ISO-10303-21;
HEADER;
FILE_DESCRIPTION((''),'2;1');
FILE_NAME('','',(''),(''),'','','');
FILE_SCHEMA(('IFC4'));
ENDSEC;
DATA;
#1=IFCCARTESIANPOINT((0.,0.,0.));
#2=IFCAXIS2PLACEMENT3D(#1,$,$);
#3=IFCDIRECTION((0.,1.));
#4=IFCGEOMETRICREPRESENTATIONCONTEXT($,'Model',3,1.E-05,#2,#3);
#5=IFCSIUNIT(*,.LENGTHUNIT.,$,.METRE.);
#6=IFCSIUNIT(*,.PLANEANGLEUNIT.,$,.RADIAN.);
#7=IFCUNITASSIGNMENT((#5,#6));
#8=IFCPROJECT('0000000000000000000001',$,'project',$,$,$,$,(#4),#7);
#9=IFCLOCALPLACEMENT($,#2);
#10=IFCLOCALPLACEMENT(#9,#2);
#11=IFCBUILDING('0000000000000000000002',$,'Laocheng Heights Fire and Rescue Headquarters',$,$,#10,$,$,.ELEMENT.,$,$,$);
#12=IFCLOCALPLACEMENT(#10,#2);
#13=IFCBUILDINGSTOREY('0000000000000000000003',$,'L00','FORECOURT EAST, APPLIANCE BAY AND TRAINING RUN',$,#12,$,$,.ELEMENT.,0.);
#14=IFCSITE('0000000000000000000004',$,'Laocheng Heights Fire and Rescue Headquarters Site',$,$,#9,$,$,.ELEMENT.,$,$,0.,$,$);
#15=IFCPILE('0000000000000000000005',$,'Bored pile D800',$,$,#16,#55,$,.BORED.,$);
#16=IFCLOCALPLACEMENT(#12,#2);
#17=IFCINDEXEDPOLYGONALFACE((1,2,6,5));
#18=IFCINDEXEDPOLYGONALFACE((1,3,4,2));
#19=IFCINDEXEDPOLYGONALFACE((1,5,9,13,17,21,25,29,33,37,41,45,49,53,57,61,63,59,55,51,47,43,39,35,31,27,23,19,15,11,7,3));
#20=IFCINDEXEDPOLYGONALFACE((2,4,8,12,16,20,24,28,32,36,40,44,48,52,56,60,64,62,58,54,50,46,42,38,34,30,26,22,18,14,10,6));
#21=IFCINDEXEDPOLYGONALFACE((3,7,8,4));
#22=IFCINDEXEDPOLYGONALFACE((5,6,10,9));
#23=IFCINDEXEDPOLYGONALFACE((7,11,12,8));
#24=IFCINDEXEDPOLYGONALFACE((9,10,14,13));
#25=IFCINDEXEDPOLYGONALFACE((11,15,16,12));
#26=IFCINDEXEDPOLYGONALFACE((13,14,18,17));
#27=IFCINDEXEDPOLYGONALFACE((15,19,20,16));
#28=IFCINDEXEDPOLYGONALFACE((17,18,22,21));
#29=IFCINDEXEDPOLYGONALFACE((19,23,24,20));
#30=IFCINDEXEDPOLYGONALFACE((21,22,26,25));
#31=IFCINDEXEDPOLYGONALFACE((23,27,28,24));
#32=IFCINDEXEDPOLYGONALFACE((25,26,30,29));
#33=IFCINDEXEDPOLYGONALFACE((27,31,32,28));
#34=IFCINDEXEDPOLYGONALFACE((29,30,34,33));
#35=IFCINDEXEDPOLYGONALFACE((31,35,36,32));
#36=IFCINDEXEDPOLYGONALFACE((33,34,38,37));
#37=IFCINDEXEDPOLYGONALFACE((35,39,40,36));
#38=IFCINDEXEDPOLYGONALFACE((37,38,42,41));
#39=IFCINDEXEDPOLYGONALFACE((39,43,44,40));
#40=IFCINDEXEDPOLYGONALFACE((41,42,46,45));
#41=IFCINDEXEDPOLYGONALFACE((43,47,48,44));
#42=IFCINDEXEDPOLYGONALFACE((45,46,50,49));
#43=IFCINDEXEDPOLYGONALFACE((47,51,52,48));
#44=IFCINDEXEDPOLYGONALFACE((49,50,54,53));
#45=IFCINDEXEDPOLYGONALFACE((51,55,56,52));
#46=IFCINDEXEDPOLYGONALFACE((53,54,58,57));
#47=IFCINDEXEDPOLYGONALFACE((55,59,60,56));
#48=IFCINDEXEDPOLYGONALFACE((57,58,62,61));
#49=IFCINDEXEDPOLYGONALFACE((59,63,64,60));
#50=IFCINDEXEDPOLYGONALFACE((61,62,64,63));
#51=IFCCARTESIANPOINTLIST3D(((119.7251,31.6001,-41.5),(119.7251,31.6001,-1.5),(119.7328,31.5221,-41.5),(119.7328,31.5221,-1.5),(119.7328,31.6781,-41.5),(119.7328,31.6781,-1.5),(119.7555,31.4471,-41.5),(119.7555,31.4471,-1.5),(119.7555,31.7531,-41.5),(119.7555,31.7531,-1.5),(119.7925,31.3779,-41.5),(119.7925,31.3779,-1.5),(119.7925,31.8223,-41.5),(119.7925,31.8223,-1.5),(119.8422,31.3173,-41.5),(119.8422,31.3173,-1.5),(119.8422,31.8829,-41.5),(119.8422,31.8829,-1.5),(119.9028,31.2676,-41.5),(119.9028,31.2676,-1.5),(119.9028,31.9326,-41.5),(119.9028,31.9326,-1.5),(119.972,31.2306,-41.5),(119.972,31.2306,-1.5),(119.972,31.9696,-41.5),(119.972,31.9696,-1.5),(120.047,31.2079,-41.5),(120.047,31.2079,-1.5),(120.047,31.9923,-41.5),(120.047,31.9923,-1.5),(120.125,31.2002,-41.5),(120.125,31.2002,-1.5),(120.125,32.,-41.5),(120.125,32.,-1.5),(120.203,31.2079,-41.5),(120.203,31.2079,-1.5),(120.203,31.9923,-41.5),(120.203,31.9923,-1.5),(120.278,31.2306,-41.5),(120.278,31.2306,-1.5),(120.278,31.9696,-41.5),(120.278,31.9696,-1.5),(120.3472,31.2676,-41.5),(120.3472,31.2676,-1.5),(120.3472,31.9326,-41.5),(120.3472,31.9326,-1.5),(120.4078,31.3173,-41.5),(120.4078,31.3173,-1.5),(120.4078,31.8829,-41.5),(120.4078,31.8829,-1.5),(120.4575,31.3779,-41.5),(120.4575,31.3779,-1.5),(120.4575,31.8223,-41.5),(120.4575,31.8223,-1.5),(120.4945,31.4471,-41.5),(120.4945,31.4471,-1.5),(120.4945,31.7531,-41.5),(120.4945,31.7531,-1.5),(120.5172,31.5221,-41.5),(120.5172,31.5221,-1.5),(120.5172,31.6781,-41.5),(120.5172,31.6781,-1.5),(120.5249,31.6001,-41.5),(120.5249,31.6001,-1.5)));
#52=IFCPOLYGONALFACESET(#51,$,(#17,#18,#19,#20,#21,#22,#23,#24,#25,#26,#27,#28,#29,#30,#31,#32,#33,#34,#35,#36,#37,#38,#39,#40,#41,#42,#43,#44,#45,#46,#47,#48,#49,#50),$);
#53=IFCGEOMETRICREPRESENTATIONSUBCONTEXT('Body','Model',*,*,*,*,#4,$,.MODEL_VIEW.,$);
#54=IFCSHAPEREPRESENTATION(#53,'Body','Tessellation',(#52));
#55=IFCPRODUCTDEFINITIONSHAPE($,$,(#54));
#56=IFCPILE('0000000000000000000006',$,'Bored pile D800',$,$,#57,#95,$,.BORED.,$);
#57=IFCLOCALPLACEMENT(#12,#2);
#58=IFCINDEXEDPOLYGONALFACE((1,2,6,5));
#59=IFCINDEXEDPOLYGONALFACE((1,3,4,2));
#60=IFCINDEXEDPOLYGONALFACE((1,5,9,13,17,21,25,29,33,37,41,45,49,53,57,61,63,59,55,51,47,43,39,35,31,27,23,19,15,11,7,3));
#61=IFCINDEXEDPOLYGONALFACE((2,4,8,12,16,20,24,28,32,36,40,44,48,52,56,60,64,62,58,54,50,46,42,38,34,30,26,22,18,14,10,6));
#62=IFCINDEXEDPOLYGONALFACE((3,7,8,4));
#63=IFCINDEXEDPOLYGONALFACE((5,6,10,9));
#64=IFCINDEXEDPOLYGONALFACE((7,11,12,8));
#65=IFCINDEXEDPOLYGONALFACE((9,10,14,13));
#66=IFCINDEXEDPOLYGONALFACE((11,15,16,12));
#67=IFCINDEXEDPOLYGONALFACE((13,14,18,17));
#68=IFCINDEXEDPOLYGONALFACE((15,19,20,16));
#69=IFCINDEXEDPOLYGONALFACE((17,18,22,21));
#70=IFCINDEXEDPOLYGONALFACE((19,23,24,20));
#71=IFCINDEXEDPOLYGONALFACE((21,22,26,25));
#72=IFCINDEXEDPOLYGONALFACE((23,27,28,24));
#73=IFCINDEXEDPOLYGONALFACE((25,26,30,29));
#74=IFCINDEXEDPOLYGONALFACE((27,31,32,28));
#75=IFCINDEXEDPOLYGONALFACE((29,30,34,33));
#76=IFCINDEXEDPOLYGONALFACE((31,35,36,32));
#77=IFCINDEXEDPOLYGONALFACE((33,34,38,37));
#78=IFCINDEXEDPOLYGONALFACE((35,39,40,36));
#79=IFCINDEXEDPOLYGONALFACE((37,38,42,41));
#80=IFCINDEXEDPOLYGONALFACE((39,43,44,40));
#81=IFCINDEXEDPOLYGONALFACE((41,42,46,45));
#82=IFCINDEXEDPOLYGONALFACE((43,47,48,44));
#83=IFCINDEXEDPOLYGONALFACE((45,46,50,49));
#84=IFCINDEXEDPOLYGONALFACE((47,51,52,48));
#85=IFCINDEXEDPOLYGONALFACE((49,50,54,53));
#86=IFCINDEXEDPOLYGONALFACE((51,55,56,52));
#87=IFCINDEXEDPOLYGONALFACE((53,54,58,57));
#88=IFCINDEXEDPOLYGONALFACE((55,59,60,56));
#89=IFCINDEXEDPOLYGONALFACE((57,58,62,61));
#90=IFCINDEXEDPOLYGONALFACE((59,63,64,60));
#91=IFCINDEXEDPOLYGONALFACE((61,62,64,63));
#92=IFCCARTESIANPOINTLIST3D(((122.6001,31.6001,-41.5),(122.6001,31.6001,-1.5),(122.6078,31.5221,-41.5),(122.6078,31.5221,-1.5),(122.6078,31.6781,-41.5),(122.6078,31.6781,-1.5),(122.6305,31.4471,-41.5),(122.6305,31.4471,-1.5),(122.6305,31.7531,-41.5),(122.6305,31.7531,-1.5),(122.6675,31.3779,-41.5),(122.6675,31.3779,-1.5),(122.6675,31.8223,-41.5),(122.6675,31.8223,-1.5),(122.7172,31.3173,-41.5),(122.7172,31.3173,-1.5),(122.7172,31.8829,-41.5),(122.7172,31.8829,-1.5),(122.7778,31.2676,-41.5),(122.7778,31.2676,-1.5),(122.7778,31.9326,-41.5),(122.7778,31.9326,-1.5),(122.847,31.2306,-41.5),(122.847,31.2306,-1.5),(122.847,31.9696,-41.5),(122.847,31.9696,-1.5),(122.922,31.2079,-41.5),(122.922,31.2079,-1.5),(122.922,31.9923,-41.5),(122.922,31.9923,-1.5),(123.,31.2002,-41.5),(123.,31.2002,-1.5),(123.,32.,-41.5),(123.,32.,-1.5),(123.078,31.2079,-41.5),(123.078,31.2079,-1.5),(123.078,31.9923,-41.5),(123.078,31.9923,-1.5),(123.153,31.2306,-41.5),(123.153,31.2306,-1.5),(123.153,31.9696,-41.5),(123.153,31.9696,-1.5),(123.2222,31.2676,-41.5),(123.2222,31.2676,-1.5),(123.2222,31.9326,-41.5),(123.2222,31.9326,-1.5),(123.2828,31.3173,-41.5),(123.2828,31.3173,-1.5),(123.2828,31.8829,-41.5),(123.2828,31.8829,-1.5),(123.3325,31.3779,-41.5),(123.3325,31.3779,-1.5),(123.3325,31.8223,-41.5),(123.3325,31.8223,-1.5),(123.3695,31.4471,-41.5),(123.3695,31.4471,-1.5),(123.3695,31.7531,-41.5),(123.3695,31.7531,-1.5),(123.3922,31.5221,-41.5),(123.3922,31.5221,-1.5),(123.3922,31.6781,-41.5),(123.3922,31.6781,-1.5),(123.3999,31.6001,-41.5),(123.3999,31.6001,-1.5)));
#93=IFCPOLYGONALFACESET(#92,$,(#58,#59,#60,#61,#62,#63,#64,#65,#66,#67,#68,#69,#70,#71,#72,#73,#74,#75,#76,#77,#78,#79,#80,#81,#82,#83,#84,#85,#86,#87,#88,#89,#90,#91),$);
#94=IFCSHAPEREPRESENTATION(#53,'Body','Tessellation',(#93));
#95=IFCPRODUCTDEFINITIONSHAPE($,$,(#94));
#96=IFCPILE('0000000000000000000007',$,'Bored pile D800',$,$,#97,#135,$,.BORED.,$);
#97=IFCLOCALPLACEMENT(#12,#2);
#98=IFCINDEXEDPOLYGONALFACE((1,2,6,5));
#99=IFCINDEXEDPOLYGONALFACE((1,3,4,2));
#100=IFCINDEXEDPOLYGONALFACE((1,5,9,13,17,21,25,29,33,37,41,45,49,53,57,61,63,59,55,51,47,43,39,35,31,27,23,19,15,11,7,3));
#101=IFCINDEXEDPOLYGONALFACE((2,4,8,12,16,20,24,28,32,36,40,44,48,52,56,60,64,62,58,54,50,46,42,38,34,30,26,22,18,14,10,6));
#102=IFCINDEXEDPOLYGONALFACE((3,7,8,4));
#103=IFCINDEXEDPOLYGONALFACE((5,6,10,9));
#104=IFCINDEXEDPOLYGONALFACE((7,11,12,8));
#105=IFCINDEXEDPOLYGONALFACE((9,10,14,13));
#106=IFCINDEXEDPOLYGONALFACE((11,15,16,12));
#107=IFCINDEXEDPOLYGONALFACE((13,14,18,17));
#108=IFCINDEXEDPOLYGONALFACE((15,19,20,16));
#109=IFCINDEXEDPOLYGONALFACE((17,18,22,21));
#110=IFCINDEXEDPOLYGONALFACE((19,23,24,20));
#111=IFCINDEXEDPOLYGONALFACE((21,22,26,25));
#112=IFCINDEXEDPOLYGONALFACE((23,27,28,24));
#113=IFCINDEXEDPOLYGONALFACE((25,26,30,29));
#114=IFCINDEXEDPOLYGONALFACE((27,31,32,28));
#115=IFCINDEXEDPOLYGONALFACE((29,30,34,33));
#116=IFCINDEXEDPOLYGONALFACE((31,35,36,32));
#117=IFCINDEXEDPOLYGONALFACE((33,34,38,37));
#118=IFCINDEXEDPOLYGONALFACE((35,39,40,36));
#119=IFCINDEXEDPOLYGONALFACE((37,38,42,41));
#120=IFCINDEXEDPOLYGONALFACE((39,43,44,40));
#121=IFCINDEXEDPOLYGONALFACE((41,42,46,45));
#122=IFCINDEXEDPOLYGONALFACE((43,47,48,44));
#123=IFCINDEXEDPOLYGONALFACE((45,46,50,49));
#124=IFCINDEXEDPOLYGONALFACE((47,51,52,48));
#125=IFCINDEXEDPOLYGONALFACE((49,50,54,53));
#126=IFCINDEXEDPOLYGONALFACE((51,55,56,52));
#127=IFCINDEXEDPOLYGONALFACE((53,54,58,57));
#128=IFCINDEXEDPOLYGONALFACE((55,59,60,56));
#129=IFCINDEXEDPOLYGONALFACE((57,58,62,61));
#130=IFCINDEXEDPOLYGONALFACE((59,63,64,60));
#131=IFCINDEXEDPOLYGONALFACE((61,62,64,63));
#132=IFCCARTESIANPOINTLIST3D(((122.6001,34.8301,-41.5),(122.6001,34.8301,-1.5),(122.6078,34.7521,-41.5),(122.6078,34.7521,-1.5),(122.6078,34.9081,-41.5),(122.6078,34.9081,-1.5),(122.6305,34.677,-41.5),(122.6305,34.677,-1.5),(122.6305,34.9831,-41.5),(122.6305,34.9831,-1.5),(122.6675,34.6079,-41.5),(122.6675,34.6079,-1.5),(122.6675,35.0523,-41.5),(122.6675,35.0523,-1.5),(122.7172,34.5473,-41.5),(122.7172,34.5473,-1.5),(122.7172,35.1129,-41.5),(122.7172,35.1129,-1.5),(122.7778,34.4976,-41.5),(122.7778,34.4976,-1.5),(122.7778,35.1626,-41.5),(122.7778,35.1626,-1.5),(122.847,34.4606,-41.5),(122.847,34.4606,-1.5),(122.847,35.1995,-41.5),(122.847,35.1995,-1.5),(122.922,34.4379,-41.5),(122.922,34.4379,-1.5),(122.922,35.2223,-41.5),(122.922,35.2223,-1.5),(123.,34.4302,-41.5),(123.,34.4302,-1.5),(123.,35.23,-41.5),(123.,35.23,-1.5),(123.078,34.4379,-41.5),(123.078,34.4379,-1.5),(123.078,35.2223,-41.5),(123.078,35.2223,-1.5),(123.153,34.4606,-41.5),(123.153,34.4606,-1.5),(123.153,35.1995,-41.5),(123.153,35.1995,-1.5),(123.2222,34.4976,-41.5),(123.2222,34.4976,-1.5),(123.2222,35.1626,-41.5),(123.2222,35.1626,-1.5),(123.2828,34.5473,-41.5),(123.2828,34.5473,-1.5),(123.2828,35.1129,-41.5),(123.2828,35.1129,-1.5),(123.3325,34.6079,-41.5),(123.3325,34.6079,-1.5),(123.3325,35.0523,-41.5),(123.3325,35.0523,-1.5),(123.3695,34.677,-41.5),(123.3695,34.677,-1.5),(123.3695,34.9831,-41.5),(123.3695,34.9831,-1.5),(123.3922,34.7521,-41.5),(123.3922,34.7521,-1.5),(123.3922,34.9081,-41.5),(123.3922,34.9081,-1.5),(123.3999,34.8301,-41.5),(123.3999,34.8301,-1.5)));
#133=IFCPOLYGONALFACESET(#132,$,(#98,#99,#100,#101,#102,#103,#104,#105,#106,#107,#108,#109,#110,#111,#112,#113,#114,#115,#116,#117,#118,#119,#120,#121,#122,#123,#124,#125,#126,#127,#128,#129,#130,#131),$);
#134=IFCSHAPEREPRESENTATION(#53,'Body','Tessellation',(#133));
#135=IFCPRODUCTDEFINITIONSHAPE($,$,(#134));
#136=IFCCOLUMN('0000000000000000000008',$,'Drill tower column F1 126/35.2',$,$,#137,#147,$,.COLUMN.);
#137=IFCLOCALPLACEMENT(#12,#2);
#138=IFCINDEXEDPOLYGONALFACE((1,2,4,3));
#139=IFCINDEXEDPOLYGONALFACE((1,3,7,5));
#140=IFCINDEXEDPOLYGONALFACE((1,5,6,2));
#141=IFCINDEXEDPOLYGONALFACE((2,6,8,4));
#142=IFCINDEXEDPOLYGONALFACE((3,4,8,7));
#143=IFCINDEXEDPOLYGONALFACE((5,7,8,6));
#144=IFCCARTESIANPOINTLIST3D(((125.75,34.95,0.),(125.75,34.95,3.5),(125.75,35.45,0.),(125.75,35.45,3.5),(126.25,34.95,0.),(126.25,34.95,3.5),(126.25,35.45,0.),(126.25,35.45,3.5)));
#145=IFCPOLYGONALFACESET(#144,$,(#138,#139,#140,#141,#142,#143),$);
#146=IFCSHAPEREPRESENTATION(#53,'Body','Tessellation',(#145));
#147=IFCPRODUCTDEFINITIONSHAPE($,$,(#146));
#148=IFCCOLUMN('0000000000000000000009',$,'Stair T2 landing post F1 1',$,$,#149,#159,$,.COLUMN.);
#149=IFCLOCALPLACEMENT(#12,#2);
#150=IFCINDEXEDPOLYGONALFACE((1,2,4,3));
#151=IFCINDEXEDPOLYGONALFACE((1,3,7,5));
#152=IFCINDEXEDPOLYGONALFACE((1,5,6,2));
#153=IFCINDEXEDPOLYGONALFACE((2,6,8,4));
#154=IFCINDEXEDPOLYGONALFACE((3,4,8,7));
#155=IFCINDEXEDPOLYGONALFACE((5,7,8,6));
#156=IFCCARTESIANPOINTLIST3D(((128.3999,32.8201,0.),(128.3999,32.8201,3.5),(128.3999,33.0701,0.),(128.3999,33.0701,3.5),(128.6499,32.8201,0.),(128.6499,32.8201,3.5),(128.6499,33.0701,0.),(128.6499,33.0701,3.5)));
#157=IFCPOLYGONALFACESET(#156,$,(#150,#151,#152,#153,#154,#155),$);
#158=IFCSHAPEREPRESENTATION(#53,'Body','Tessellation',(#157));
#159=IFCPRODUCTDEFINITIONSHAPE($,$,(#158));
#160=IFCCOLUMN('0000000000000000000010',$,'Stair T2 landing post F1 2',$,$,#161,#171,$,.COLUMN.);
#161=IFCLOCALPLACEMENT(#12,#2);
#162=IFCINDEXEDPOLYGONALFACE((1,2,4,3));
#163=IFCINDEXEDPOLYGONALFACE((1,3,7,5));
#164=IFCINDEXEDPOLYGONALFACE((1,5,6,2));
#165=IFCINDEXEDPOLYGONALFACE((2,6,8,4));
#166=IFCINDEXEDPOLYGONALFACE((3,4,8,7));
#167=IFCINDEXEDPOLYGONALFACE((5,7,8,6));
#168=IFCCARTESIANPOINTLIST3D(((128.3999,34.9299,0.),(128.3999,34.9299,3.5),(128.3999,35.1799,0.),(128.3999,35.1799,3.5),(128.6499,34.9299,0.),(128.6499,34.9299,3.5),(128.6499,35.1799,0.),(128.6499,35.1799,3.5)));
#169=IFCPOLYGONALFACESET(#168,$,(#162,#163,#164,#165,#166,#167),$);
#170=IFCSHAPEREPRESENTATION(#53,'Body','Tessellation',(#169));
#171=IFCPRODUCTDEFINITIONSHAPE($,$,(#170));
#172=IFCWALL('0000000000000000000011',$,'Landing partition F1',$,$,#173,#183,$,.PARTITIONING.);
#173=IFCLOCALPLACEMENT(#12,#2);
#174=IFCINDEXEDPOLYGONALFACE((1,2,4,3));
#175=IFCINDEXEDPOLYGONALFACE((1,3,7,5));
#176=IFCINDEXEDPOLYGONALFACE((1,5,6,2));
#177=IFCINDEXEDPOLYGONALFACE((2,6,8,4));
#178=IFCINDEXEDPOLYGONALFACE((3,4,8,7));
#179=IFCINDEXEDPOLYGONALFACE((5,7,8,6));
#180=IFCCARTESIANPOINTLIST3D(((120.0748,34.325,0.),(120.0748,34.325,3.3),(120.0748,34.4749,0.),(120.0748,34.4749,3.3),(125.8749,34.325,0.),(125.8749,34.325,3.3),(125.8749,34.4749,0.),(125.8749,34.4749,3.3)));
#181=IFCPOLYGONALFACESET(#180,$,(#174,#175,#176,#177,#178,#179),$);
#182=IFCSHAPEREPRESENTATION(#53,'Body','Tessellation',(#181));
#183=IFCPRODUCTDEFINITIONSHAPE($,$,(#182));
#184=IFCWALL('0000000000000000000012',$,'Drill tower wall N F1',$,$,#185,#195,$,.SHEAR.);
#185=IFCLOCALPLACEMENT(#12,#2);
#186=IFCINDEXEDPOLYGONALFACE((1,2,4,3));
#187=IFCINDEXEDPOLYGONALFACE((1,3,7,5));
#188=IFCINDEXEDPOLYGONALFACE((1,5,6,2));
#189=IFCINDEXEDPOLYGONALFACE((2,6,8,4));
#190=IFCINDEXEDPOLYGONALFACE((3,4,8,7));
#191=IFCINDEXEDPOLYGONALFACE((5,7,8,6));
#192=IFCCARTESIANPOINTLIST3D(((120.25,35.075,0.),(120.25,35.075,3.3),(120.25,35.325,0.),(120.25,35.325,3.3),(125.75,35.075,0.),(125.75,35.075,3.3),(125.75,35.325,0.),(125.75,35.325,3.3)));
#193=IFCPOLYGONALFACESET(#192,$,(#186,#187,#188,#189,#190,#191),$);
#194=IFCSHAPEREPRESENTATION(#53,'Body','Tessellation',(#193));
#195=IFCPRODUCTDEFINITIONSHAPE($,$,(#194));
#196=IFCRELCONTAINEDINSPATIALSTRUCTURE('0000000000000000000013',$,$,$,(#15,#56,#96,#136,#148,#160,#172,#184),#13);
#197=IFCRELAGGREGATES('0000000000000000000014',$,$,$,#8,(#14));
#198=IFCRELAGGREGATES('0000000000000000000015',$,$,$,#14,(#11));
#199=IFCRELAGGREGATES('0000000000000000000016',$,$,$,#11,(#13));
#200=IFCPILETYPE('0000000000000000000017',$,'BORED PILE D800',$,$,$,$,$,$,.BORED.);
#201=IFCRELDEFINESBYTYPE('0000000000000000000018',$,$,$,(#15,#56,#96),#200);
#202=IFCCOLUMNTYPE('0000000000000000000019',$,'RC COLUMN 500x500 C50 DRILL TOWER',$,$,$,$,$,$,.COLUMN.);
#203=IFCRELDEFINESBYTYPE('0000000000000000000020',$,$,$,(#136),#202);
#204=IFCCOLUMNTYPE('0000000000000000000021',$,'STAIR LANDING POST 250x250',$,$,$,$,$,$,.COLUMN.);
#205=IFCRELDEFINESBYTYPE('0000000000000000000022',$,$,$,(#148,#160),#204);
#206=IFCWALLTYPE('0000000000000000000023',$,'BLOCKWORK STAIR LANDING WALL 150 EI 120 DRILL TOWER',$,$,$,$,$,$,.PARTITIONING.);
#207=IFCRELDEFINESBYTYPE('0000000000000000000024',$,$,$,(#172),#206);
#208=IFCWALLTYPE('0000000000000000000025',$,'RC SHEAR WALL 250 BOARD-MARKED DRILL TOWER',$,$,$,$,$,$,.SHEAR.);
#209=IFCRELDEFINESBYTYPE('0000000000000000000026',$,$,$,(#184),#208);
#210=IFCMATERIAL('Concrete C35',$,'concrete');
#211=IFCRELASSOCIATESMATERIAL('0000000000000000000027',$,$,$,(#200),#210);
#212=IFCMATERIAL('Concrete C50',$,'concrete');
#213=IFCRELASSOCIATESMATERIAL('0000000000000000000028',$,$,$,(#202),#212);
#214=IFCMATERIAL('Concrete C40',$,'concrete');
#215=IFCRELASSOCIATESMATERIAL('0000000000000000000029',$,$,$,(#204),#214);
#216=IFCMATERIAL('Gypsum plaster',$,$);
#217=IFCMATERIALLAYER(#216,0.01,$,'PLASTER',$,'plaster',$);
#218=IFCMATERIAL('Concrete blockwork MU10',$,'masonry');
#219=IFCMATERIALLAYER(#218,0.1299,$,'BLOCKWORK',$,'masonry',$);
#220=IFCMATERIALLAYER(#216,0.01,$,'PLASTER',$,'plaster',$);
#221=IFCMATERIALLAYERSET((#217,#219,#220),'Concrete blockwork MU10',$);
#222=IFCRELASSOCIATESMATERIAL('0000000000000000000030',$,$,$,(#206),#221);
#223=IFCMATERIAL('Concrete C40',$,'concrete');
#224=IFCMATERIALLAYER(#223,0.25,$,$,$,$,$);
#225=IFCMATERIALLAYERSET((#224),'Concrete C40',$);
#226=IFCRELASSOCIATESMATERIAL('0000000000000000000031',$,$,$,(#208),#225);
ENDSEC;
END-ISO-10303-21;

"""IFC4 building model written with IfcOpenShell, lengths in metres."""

from ifc_helpers import new_model, si_unit, direction, frame, frame_2d, origin, origin_2d, place, context, subcontext, project, spatial, rectangle, circle, extrude, material, layer, layer_set, material_profile, profile_set, type_object, element, save


model = new_model("IFC4")

# Units and contexts
model_context = context("Model", 3, precision=1e-05, world=origin(), true_north=direction((0.0, 1.0)))
body_context = subcontext(model_context, "Body", "Model", "MODEL_VIEW")
ifc_project = project(units=[si_unit("LENGTHUNIT", "METRE"), si_unit("PLANEANGLEUNIT", "RADIAN")], contexts=[model_context])

# Site, building, storey
site_placement = place(None, origin())
site = spatial("IfcSite", under=ifc_project, at=site_placement, Name="Laocheng Heights Fire and Rescue Headquarters Site", CompositionType="ELEMENT", RefElevation=0.0)
building_placement = place(site_placement, origin())
building = spatial("IfcBuilding", under=site, at=building_placement, Name="Laocheng Heights Fire and Rescue Headquarters", CompositionType="ELEMENT")
storey_placement = place(building_placement, origin())
storey = spatial("IfcBuildingStorey", under=building, at=storey_placement, Name="L00", Description="FORECOURT EAST, APPLIANCE BAY AND TRAINING RUN", CompositionType="ELEMENT", Elevation=0.0)

# Piles
ifc_material_1 = material(Name="Concrete C35", Category="concrete")
ifc_material_profile_1 = material_profile(ifc_material_1, circle(Radius=0.3999, at=origin_2d()), Name="BORED PILE D800")
ifc_profile_set_1 = profile_set([ifc_material_profile_1], Name="Concrete C35")
pile_type_1 = type_object("IfcPileType", Name="BORED PILE D800", PredefinedType="BORED", material=ifc_profile_set_1)
for number, where, z_axis, x_axis, name in (
    (1, (120.125, 31.6001, -1.5), (0.0, 0.0, -1.0), (1.0, 0.0, 0.0), "Bored pile D800"),
    (2, (123.0, 31.6001, -1.5), (0.0, 0.0, -1.0), (1.0, 0.0, 0.0), "Bored pile D800"),
    (3, (123.0, 34.8301, -1.5), (0.0, 0.0, -1.0), (1.0, 0.0, 0.0), "Bored pile D800"),
):
    element("IfcPile", number, at=place(storey_placement, frame(where, z_axis=z_axis, x_axis=x_axis)), inside=storey, type_object=pile_type_1, Name=name, PredefinedType="BORED", context=body_context, shape_type="SweptSolid", body=[
        extrude(circle(Radius=0.3999, at=origin_2d()), origin(), (0.0, 0.0, 1.0), 40.0),
    ])

# Columns
ifc_material_2 = material(Name="Concrete C50", Category="concrete")
ifc_material_profile_2 = material_profile(ifc_material_2, rectangle(XDim=0.5, YDim=0.5, at=origin_2d()), Name="RC COLUMN 500x500 C50 DRILL TOWER")
ifc_profile_set_2 = profile_set([ifc_material_profile_2], Name="Concrete C50")
column_type_1 = type_object("IfcColumnType", Name="RC COLUMN 500x500 C50 DRILL TOWER", PredefinedType="COLUMN", material=ifc_profile_set_2)
column_placement = place(storey_placement, frame((126.0, 35.2, 0.0), z_axis=(0.0, 0.0, 1.0), x_axis=(1.0, 0.0, 0.0)))
element("IfcColumn", 4, at=column_placement, inside=storey, type_object=column_type_1, Name="Drill tower column F1 126/35.2", PredefinedType="COLUMN", context=body_context, shape_type="SweptSolid", body=[
    extrude(rectangle(XDim=0.5, YDim=0.5, at=origin_2d()), origin(), (0.0, 0.0, 1.0), 3.5),
])
ifc_material_3 = material(Name="Concrete C40", Category="concrete")
ifc_material_profile_3 = material_profile(ifc_material_3, rectangle(XDim=0.25, YDim=0.25, at=origin_2d()), Name="STAIR LANDING POST 250x250")
ifc_profile_set_3 = profile_set([ifc_material_profile_3], Name="Concrete C40")
column_type_2 = type_object("IfcColumnType", Name="STAIR LANDING POST 250x250", PredefinedType="COLUMN", material=ifc_profile_set_3)
for number, where, z_axis, x_axis, name in (
    (5, (128.5249, 32.9451, 0.0), (0.0, 0.0, 1.0), (1.0, 0.0, 0.0), "Stair T2 landing post F1 1"),
    (6, (128.5249, 35.0549, 0.0), (0.0, 0.0, 1.0), (1.0, 0.0, 0.0), "Stair T2 landing post F1 2"),
):
    element("IfcColumn", number, at=place(storey_placement, frame(where, z_axis=z_axis, x_axis=x_axis)), inside=storey, type_object=column_type_2, Name=name, PredefinedType="COLUMN", context=body_context, shape_type="SweptSolid", body=[
        extrude(rectangle(XDim=0.25, YDim=0.25, at=origin_2d()), origin(), (0.0, 0.0, 1.0), 3.5),
    ])

# Walls
ifc_material_4 = material(Name="Gypsum plaster")
ifc_layer_1 = layer(ifc_material_4, 0.01, Name="PLASTER", Category="plaster")
ifc_material_5 = material(Name="Concrete blockwork MU10", Category="masonry")
ifc_layer_2 = layer(ifc_material_5, 0.1299, Name="BLOCKWORK", Category="masonry")
ifc_layer_3 = layer(ifc_material_4, 0.01, Name="PLASTER", Category="plaster")
ifc_layer_set_1 = layer_set([ifc_layer_1, ifc_layer_2, ifc_layer_3], Name="Concrete blockwork MU10")
wall_type_1 = type_object("IfcWallType", Name="BLOCKWORK STAIR LANDING WALL 150 EI 120 DRILL TOWER", PredefinedType="PARTITIONING", material=ifc_layer_set_1)
wall_1_placement = place(storey_placement, frame((120.075, 34.3999, 0.0), z_axis=(0.0, 0.0, 1.0), x_axis=(1.0, 0.0, 0.0)))
element("IfcWall", 7, at=wall_1_placement, inside=storey, type_object=wall_type_1, Name="Landing partition F1", PredefinedType="PARTITIONING", context=body_context, shape_type="SweptSolid", body=[
    extrude(rectangle(XDim=5.8, YDim=0.1499, at=frame_2d((2.8999, 0.0))), origin(), (0.0, 0.0, 1.0), 3.3),
])
ifc_material_6 = material(Name="Concrete C40", Category="concrete")
ifc_layer_4 = layer(ifc_material_6, 0.25)
ifc_layer_set_2 = layer_set([ifc_layer_4], Name="Concrete C40")
wall_type_2 = type_object("IfcWallType", Name="RC SHEAR WALL 250 BOARD-MARKED DRILL TOWER", PredefinedType="SHEAR", material=ifc_layer_set_2)
wall_2_placement = place(storey_placement, frame((120.25, 35.2, 0.0), z_axis=(0.0, 0.0, 1.0), x_axis=(1.0, 0.0, 0.0)))
element("IfcWall", 8, at=wall_2_placement, inside=storey, type_object=wall_type_2, Name="Drill tower wall N F1", PredefinedType="SHEAR", context=body_context, shape_type="SweptSolid", body=[
    extrude(rectangle(XDim=5.5, YDim=0.25, at=frame_2d((2.75, 0.0))), origin(), (0.0, 0.0, 1.0), 3.3),
])

save(model, "model.ifc")
